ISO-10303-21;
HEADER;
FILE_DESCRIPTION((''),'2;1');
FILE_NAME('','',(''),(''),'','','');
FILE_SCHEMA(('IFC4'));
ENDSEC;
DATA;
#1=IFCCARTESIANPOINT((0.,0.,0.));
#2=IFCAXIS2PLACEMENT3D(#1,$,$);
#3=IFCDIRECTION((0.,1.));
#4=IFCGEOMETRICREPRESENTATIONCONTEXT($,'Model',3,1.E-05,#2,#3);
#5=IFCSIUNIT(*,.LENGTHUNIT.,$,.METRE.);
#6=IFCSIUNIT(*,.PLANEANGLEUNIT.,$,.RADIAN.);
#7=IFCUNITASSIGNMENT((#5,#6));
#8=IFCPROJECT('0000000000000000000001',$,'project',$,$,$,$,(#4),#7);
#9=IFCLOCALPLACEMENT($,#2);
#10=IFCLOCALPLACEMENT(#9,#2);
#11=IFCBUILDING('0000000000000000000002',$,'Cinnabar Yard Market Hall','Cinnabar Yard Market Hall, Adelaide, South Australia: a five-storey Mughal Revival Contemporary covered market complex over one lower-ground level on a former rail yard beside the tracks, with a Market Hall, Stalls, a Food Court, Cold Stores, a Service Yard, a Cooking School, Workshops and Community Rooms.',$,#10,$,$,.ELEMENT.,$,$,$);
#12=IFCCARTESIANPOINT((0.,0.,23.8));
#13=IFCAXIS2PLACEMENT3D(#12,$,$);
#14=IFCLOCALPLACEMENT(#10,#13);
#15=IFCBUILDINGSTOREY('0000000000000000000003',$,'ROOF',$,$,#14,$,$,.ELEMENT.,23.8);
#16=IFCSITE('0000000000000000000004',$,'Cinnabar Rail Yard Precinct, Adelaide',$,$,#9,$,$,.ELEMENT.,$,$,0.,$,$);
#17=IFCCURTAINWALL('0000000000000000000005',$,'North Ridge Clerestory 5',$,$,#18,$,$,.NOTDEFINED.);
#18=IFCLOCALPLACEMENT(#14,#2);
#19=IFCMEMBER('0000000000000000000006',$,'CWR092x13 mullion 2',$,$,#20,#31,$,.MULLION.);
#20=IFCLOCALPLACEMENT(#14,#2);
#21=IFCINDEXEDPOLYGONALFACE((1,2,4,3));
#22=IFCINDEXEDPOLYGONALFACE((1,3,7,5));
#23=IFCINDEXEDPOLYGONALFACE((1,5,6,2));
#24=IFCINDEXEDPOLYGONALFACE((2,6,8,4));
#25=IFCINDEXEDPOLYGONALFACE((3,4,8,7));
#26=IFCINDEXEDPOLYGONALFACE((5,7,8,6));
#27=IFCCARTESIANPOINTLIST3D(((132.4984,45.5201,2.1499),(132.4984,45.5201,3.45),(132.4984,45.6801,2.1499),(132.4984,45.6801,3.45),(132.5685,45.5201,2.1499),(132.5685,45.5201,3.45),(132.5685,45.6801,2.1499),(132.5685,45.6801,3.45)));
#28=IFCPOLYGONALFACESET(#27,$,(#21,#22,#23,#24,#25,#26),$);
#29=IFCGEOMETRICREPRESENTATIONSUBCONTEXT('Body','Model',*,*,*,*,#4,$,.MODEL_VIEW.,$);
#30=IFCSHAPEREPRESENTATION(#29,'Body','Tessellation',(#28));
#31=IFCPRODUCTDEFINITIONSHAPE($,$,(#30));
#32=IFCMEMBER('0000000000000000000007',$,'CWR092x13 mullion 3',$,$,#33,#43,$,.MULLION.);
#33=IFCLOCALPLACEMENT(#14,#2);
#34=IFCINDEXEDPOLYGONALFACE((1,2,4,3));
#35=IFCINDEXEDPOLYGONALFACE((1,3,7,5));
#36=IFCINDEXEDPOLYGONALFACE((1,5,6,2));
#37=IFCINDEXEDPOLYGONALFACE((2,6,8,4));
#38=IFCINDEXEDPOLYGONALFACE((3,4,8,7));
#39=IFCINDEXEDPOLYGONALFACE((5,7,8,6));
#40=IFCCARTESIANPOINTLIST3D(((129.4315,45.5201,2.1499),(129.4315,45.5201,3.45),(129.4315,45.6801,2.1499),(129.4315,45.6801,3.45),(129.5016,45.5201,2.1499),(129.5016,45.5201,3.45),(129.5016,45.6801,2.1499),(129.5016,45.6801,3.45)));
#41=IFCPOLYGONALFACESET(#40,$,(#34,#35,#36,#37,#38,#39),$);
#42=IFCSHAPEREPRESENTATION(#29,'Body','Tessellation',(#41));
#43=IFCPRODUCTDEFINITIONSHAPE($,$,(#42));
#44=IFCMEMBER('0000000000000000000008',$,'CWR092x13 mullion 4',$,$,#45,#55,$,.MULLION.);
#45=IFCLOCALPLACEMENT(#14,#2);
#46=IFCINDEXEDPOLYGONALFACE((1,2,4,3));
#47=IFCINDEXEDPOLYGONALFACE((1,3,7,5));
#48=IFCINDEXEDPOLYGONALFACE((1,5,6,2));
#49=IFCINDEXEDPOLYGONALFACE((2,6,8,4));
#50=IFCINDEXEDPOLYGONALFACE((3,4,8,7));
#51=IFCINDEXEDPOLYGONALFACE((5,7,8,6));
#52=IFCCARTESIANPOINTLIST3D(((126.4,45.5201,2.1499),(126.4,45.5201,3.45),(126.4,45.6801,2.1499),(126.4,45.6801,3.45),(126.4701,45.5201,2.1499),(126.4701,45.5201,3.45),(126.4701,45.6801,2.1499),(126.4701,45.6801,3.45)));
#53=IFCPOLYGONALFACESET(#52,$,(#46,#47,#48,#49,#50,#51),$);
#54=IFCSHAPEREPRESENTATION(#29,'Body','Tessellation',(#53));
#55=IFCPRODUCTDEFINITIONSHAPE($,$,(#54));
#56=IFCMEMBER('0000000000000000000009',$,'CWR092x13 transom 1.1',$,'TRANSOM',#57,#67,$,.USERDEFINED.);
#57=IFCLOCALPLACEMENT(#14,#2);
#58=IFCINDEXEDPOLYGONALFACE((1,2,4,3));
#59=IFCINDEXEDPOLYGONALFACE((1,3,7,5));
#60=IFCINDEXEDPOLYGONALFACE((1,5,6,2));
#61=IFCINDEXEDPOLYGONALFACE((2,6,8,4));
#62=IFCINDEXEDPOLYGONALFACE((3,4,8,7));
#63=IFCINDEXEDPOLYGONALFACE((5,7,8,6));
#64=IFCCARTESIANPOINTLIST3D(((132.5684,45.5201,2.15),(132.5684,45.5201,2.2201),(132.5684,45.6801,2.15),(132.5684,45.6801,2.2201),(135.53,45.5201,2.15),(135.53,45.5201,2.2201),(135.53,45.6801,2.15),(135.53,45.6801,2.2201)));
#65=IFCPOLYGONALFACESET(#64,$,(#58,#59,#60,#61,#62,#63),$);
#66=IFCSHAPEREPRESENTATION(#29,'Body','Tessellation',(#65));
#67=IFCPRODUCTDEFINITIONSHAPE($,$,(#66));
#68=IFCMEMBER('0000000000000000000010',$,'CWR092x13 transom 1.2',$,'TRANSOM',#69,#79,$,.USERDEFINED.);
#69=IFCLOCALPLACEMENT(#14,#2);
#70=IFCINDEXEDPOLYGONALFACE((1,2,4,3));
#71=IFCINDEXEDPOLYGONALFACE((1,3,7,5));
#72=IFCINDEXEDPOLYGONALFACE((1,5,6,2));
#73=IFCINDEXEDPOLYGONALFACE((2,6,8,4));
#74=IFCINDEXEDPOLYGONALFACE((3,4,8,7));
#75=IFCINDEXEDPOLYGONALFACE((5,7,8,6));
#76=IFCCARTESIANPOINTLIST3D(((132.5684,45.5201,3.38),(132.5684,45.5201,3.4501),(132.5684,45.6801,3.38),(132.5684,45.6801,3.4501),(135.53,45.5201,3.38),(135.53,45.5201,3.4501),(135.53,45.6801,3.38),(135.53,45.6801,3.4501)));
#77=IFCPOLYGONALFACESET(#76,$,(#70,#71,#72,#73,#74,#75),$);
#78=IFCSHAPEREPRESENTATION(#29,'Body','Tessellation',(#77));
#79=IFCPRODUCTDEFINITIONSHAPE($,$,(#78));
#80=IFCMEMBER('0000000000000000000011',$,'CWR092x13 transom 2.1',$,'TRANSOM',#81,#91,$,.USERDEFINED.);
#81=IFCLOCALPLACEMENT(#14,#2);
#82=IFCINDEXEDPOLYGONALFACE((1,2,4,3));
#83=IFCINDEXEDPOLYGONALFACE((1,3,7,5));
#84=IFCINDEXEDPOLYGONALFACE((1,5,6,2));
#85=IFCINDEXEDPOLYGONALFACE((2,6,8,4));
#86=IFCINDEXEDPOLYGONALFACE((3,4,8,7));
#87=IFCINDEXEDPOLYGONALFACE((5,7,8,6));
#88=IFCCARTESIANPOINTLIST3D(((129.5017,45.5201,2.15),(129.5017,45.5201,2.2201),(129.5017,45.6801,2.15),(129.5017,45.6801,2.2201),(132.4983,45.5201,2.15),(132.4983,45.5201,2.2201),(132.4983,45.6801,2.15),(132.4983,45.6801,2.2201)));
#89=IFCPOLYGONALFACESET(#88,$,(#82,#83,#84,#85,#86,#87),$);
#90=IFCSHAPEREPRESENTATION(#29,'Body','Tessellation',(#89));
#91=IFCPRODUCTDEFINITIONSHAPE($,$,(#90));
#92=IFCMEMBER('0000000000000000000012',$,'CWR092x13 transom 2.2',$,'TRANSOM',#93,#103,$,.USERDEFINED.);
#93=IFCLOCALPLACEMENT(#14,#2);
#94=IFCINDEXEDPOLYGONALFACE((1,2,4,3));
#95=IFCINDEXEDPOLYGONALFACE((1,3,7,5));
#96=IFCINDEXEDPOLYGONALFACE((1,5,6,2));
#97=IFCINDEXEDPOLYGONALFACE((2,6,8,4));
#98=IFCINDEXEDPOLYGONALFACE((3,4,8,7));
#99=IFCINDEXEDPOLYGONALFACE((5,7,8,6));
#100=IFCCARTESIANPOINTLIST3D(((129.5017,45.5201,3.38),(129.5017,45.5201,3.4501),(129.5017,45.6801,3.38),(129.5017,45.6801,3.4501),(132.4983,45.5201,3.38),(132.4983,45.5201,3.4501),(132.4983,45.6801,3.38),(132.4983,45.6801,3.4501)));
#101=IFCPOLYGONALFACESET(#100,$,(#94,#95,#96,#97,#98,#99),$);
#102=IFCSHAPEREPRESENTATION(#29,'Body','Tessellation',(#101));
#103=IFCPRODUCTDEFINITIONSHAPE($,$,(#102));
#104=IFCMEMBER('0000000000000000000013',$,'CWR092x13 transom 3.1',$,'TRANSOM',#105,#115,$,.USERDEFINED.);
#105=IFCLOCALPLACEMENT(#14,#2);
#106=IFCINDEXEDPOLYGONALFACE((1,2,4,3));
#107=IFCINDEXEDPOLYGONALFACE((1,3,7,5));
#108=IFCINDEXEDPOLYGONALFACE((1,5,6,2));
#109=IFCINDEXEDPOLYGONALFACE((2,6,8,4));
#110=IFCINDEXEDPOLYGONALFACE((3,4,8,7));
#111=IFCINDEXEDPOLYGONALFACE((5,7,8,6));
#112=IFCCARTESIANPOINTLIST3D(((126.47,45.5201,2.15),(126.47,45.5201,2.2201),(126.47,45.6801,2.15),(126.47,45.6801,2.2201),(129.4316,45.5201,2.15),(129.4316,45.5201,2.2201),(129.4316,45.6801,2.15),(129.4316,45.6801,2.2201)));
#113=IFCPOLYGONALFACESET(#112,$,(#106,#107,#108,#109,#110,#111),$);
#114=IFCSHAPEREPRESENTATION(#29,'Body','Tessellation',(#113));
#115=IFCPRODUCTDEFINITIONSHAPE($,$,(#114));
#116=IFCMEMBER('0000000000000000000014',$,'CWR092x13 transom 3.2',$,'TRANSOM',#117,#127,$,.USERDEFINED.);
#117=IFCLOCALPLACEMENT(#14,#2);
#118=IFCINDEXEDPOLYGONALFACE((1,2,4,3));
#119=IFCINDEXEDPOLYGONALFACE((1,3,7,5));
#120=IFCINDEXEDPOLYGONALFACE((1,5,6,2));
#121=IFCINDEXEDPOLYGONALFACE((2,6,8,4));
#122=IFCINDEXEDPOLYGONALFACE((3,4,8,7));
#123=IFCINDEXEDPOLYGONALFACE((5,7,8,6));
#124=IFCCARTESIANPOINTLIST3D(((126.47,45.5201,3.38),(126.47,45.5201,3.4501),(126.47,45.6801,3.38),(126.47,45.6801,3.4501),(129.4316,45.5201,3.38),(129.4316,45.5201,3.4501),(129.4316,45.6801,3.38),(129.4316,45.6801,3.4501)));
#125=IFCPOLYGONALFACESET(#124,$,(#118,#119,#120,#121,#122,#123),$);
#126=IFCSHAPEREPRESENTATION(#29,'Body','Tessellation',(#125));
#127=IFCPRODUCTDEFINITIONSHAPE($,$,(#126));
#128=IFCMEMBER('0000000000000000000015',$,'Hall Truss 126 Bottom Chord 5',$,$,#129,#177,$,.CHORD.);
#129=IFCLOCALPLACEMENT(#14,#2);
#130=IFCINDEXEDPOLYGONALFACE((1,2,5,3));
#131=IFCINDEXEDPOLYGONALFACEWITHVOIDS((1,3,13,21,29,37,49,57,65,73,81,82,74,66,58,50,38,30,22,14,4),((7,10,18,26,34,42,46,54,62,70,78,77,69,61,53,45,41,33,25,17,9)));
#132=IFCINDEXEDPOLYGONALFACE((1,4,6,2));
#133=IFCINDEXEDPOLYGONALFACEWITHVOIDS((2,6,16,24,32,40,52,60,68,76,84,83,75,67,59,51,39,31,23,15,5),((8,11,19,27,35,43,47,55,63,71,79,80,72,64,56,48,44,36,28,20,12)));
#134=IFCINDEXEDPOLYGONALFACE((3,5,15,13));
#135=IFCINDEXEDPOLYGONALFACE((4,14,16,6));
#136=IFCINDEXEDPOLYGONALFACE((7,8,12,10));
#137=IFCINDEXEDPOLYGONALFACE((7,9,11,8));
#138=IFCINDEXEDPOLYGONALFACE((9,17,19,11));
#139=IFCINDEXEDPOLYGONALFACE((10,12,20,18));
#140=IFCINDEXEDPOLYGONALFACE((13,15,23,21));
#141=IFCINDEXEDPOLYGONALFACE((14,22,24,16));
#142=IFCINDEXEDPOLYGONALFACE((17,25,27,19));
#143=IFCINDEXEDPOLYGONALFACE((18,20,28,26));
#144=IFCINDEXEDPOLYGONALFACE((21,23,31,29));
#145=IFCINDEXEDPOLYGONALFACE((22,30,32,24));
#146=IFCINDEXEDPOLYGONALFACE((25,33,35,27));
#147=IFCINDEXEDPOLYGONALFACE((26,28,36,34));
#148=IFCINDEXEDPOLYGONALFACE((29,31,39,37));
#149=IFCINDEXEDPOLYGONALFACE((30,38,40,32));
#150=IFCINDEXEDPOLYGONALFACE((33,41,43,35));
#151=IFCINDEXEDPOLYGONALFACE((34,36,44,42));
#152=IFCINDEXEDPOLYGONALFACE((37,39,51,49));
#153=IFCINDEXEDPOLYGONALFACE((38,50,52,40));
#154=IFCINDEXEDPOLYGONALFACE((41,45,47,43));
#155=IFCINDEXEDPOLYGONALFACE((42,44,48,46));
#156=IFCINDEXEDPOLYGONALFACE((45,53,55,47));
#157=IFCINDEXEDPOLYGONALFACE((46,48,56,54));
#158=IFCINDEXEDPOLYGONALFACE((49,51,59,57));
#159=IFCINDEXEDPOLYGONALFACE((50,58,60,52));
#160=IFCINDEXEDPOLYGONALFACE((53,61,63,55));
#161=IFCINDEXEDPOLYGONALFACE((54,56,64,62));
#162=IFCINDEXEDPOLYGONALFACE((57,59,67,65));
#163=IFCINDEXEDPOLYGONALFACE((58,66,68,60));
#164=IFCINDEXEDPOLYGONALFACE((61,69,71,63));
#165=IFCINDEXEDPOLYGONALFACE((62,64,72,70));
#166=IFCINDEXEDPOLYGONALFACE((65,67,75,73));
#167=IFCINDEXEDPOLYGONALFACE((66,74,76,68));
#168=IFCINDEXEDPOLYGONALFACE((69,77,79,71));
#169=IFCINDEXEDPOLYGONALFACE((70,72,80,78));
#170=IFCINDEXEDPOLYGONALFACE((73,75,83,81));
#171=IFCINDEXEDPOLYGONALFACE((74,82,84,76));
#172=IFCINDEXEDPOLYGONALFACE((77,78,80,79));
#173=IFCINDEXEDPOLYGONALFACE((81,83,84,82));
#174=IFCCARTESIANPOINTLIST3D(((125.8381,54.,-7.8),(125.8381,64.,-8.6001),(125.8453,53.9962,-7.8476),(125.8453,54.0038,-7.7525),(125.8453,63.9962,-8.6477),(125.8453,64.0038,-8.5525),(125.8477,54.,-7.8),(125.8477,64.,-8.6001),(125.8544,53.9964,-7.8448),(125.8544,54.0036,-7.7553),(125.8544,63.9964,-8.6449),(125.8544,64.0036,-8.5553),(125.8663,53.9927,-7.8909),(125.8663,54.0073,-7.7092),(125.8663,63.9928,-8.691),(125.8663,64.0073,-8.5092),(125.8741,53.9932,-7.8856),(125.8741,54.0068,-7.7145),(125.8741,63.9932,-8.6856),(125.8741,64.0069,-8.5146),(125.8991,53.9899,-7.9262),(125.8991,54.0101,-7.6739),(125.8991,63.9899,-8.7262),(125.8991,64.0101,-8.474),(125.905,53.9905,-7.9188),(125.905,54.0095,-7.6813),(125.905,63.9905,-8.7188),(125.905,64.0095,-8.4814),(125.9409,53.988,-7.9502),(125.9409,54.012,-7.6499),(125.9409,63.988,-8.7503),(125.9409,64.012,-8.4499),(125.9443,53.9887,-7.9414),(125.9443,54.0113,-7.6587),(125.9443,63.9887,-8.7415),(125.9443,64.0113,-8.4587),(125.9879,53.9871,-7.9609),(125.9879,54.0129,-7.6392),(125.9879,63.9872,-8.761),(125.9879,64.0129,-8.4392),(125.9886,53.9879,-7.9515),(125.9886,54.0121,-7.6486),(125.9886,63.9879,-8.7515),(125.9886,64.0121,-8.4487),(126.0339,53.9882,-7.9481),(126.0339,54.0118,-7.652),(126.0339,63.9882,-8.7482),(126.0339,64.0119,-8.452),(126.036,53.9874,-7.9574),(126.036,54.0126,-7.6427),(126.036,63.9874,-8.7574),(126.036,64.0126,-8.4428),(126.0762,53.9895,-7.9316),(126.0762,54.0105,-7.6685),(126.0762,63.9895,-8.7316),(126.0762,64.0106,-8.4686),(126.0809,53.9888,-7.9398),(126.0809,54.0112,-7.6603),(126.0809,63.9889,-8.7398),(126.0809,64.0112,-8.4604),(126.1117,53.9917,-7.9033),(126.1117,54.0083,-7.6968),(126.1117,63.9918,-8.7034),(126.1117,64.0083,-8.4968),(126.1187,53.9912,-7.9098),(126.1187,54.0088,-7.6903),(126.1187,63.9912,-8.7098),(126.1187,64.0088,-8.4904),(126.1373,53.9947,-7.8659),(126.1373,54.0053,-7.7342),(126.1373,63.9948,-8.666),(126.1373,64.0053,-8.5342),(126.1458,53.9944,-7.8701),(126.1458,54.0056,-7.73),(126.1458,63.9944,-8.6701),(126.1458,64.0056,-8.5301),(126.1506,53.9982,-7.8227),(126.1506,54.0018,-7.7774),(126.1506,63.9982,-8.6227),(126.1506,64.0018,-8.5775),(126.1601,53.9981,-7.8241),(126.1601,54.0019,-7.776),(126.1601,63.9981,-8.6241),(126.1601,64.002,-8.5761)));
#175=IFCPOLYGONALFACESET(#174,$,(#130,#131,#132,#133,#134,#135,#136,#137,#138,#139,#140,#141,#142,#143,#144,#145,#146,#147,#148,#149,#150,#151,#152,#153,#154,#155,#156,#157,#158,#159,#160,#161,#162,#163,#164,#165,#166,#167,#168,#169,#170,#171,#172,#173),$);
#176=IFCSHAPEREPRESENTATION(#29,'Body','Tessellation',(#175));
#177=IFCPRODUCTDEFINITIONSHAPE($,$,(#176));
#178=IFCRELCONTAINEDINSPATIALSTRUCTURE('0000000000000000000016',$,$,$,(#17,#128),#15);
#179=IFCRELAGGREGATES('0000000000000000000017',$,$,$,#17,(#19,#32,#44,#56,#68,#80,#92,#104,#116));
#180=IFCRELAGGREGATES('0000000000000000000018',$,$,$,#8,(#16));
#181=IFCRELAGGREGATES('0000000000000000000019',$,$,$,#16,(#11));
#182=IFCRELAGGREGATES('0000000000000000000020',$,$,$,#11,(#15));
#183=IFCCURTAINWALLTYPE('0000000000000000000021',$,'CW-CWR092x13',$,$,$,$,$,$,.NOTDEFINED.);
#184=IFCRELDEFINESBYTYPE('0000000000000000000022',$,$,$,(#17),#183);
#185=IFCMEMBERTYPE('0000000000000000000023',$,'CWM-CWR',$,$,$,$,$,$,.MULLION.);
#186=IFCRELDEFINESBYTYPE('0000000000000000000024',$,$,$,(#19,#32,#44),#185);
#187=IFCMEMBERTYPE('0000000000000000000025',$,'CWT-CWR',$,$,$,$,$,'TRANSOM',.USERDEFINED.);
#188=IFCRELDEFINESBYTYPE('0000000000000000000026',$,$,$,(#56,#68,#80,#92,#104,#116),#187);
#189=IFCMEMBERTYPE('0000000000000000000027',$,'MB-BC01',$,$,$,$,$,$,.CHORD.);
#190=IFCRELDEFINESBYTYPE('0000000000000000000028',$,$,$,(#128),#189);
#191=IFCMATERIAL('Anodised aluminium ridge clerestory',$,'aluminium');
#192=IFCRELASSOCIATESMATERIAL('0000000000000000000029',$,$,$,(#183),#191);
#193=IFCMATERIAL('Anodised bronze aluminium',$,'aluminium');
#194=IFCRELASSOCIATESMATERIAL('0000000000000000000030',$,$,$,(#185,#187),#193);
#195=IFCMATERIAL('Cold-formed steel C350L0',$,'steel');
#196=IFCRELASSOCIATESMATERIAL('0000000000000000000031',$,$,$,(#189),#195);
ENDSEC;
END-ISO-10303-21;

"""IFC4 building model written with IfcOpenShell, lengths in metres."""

from ifc_helpers import new_model, si_unit, direction, frame, origin, origin_2d_with_axis, place, context, subcontext, project, spatial, rectangle, hollow_circle, extrude, material, material_profile, profile_set, type_object, element, aggregate, save


model = new_model("IFC4")

# Units and contexts
model_context = context("Model", 3, precision=1e-05, world=origin(), true_north=direction((0.0, 1.0)))
body_context = subcontext(model_context, "Body", "Model", "MODEL_VIEW")
ifc_project = project(units=[si_unit("LENGTHUNIT", "METRE"), si_unit("PLANEANGLEUNIT", "RADIAN")], contexts=[model_context])

# Site, building, storey
site_placement = place(None, origin())
site = spatial("IfcSite", under=ifc_project, at=site_placement, Name="Cinnabar Rail Yard Precinct, Adelaide", CompositionType="ELEMENT", RefElevation=0.0)
building_placement = place(site_placement, origin())
building = spatial("IfcBuilding", under=site, at=building_placement, Name="Cinnabar Yard Market Hall", Description="Cinnabar Yard Market Hall, Adelaide, South Australia: a five-storey Mughal Revival Contemporary covered market complex over one lower-ground level on a former rail yard beside the tracks, with a Market Hall, Stalls, a Food Court, Cold Stores, a Service Yard, a Cooking School, Workshops and Community Rooms.", CompositionType="ELEMENT")
storey_placement = place(building_placement, frame((0.0, 0.0, 23.8)))
storey = spatial("IfcBuildingStorey", under=building, at=storey_placement, Name="ROOF", CompositionType="ELEMENT", Elevation=23.8)

# Curtain wall, members
ifc_material_1 = material(Name="Anodised aluminium ridge clerestory", Category="aluminium")
curtain_wall_type = type_object("IfcCurtainWallType", Name="CW-CWR092x13", PredefinedType="NOTDEFINED", material=ifc_material_1)
curtain_wall_placement = place(storey_placement, origin())
curtain_wall = element("IfcCurtainWall", 1, at=curtain_wall_placement, inside=storey, type_object=curtain_wall_type, Name="North Ridge Clerestory 5", PredefinedType="NOTDEFINED")
ifc_material_2 = material(Name="Anodised bronze aluminium", Category="aluminium")
ifc_material_profile_1 = material_profile(ifc_material_2, rectangle(XDim=0.1599, YDim=0.0701, at=origin_2d_with_axis()), Name="MUL-CWR")
ifc_profile_set_1 = profile_set([ifc_material_profile_1], Name="Anodised bronze aluminium")
member_type_1 = type_object("IfcMemberType", Name="CWM-CWR", PredefinedType="MULLION", material=ifc_profile_set_1)
member_1_placement = place(storey_placement, frame((132.5334, 45.6001, 2.1499), z_axis=(0.0, 0.0, 1.0), x_axis=(0.0, -1.0, 0.0)))
member_1 = element("IfcMember", 2, at=member_1_placement, type_object=member_type_1, Name="CWR092x13 mullion 2", PredefinedType="MULLION", context=body_context, shape_type="SweptSolid", body=[
    extrude(rectangle(XDim=0.1599, YDim=0.0701, at=origin_2d_with_axis()), origin(), (0.0, 0.0, 1.0), 1.3),
])
member_2_placement = place(storey_placement, frame((129.4666, 45.6001, 2.1499), z_axis=(0.0, 0.0, 1.0), x_axis=(0.0, -1.0, 0.0)))
member_2 = element("IfcMember", 3, at=member_2_placement, type_object=member_type_1, Name="CWR092x13 mullion 3", PredefinedType="MULLION", context=body_context, shape_type="SweptSolid", body=[
    extrude(rectangle(XDim=0.1599, YDim=0.0701, at=origin_2d_with_axis()), origin(), (0.0, 0.0, 1.0), 1.3),
])
member_3_placement = place(storey_placement, frame((126.4351, 45.6001, 2.1499), z_axis=(0.0, 0.0, 1.0), x_axis=(0.0, -1.0, 0.0)))
member_3 = element("IfcMember", 4, at=member_3_placement, type_object=member_type_1, Name="CWR092x13 mullion 4", PredefinedType="MULLION", context=body_context, shape_type="SweptSolid", body=[
    extrude(rectangle(XDim=0.1599, YDim=0.0701, at=origin_2d_with_axis()), origin(), (0.0, 0.0, 1.0), 1.3),
])
ifc_material_profile_2 = material_profile(ifc_material_2, rectangle(XDim=0.1599, YDim=0.0701, at=origin_2d_with_axis()), Name="TRN-CWR")
ifc_profile_set_2 = profile_set([ifc_material_profile_2], Name="Anodised bronze aluminium")
member_type_2 = type_object("IfcMemberType", Name="CWT-CWR", ElementType="TRANSOM", PredefinedType="USERDEFINED", material=ifc_profile_set_2)
member_4_placement = place(storey_placement, frame((135.53, 45.6001, 2.1851), z_axis=(-1.0, 0.0, 0.0), x_axis=(0.0, -1.0, 0.0)))
member_4 = element("IfcMember", 5, at=member_4_placement, type_object=member_type_2, Name="CWR092x13 transom 1.1", ObjectType="TRANSOM", PredefinedType="USERDEFINED", context=body_context, shape_type="SweptSolid", body=[
    extrude(rectangle(XDim=0.1599, YDim=0.0701, at=origin_2d_with_axis()), origin(), (0.0, 0.0, 1.0), 2.9617),
])
member_5_placement = place(storey_placement, frame((135.53, 45.6001, 3.415), z_axis=(-1.0, 0.0, 0.0), x_axis=(0.0, -1.0, 0.0)))
member_5 = element("IfcMember", 6, at=member_5_placement, type_object=member_type_2, Name="CWR092x13 transom 1.2", ObjectType="TRANSOM", PredefinedType="USERDEFINED", context=body_context, shape_type="SweptSolid", body=[
    extrude(rectangle(XDim=0.1599, YDim=0.0701, at=origin_2d_with_axis()), origin(), (0.0, 0.0, 1.0), 2.9617),
])
member_6_placement = place(storey_placement, frame((132.4983, 45.6001, 2.1851), z_axis=(-1.0, 0.0, 0.0), x_axis=(0.0, -1.0, 0.0)))
member_6 = element("IfcMember", 7, at=member_6_placement, type_object=member_type_2, Name="CWR092x13 transom 2.1", ObjectType="TRANSOM", PredefinedType="USERDEFINED", context=body_context, shape_type="SweptSolid", body=[
    extrude(rectangle(XDim=0.1599, YDim=0.0701, at=origin_2d_with_axis()), origin(), (0.0, 0.0, 1.0), 2.9966),
])
member_7_placement = place(storey_placement, frame((132.4983, 45.6001, 3.415), z_axis=(-1.0, 0.0, 0.0), x_axis=(0.0, -1.0, 0.0)))
member_7 = element("IfcMember", 8, at=member_7_placement, type_object=member_type_2, Name="CWR092x13 transom 2.2", ObjectType="TRANSOM", PredefinedType="USERDEFINED", context=body_context, shape_type="SweptSolid", body=[
    extrude(rectangle(XDim=0.1599, YDim=0.0701, at=origin_2d_with_axis()), origin(), (0.0, 0.0, 1.0), 2.9966),
])
member_8_placement = place(storey_placement, frame((129.4316, 45.6001, 2.1851), z_axis=(-1.0, 0.0, 0.0), x_axis=(0.0, -1.0, 0.0)))
member_8 = element("IfcMember", 9, at=member_8_placement, type_object=member_type_2, Name="CWR092x13 transom 3.1", ObjectType="TRANSOM", PredefinedType="USERDEFINED", context=body_context, shape_type="SweptSolid", body=[
    extrude(rectangle(XDim=0.1599, YDim=0.0701, at=origin_2d_with_axis()), origin(), (0.0, 0.0, 1.0), 2.9617),
])
member_9_placement = place(storey_placement, frame((129.4316, 45.6001, 3.415), z_axis=(-1.0, 0.0, 0.0), x_axis=(0.0, -1.0, 0.0)))
member_9 = element("IfcMember", 10, at=member_9_placement, type_object=member_type_2, Name="CWR092x13 transom 3.2", ObjectType="TRANSOM", PredefinedType="USERDEFINED", context=body_context, shape_type="SweptSolid", body=[
    extrude(rectangle(XDim=0.1599, YDim=0.0701, at=origin_2d_with_axis()), origin(), (0.0, 0.0, 1.0), 2.9617),
])

# Member
ifc_material_3 = material(Name="Cold-formed steel C350L0", Category="steel")
ifc_material_profile_3 = material_profile(ifc_material_3, hollow_circle(Radius=0.1619, WallThickness=0.0095, at=origin_2d_with_axis()), Name="323.9x9.5CHS")
ifc_profile_set_3 = profile_set([ifc_material_profile_3], Name="Cold-formed steel C350L0")
member_type_3 = type_object("IfcMemberType", Name="MB-BC01", PredefinedType="CHORD", material=ifc_profile_set_3)
for number, where, z_axis, x_axis, name in (
    (11, (126.0, 54.0, -7.8), (0.0, 0.996815, -0.07975), (-1.0, 0.0, 0.0), "Hall Truss 126 Bottom Chord 5"),
):
    element("IfcMember", number, at=place(storey_placement, frame(where, z_axis=z_axis, x_axis=x_axis)), inside=storey, type_object=member_type_3, Name=name, PredefinedType="CHORD", context=body_context, shape_type="SweptSolid", body=[
        extrude(hollow_circle(Radius=0.1619, WallThickness=0.0095, at=origin_2d_with_axis()), origin(), (0.0, 0.0, 1.0), 10.032),
    ])

aggregate(curtain_wall, [member_1, member_2, member_3, member_4, member_5, member_6, member_7, member_8, member_9])

save(model, "model.ifc")
